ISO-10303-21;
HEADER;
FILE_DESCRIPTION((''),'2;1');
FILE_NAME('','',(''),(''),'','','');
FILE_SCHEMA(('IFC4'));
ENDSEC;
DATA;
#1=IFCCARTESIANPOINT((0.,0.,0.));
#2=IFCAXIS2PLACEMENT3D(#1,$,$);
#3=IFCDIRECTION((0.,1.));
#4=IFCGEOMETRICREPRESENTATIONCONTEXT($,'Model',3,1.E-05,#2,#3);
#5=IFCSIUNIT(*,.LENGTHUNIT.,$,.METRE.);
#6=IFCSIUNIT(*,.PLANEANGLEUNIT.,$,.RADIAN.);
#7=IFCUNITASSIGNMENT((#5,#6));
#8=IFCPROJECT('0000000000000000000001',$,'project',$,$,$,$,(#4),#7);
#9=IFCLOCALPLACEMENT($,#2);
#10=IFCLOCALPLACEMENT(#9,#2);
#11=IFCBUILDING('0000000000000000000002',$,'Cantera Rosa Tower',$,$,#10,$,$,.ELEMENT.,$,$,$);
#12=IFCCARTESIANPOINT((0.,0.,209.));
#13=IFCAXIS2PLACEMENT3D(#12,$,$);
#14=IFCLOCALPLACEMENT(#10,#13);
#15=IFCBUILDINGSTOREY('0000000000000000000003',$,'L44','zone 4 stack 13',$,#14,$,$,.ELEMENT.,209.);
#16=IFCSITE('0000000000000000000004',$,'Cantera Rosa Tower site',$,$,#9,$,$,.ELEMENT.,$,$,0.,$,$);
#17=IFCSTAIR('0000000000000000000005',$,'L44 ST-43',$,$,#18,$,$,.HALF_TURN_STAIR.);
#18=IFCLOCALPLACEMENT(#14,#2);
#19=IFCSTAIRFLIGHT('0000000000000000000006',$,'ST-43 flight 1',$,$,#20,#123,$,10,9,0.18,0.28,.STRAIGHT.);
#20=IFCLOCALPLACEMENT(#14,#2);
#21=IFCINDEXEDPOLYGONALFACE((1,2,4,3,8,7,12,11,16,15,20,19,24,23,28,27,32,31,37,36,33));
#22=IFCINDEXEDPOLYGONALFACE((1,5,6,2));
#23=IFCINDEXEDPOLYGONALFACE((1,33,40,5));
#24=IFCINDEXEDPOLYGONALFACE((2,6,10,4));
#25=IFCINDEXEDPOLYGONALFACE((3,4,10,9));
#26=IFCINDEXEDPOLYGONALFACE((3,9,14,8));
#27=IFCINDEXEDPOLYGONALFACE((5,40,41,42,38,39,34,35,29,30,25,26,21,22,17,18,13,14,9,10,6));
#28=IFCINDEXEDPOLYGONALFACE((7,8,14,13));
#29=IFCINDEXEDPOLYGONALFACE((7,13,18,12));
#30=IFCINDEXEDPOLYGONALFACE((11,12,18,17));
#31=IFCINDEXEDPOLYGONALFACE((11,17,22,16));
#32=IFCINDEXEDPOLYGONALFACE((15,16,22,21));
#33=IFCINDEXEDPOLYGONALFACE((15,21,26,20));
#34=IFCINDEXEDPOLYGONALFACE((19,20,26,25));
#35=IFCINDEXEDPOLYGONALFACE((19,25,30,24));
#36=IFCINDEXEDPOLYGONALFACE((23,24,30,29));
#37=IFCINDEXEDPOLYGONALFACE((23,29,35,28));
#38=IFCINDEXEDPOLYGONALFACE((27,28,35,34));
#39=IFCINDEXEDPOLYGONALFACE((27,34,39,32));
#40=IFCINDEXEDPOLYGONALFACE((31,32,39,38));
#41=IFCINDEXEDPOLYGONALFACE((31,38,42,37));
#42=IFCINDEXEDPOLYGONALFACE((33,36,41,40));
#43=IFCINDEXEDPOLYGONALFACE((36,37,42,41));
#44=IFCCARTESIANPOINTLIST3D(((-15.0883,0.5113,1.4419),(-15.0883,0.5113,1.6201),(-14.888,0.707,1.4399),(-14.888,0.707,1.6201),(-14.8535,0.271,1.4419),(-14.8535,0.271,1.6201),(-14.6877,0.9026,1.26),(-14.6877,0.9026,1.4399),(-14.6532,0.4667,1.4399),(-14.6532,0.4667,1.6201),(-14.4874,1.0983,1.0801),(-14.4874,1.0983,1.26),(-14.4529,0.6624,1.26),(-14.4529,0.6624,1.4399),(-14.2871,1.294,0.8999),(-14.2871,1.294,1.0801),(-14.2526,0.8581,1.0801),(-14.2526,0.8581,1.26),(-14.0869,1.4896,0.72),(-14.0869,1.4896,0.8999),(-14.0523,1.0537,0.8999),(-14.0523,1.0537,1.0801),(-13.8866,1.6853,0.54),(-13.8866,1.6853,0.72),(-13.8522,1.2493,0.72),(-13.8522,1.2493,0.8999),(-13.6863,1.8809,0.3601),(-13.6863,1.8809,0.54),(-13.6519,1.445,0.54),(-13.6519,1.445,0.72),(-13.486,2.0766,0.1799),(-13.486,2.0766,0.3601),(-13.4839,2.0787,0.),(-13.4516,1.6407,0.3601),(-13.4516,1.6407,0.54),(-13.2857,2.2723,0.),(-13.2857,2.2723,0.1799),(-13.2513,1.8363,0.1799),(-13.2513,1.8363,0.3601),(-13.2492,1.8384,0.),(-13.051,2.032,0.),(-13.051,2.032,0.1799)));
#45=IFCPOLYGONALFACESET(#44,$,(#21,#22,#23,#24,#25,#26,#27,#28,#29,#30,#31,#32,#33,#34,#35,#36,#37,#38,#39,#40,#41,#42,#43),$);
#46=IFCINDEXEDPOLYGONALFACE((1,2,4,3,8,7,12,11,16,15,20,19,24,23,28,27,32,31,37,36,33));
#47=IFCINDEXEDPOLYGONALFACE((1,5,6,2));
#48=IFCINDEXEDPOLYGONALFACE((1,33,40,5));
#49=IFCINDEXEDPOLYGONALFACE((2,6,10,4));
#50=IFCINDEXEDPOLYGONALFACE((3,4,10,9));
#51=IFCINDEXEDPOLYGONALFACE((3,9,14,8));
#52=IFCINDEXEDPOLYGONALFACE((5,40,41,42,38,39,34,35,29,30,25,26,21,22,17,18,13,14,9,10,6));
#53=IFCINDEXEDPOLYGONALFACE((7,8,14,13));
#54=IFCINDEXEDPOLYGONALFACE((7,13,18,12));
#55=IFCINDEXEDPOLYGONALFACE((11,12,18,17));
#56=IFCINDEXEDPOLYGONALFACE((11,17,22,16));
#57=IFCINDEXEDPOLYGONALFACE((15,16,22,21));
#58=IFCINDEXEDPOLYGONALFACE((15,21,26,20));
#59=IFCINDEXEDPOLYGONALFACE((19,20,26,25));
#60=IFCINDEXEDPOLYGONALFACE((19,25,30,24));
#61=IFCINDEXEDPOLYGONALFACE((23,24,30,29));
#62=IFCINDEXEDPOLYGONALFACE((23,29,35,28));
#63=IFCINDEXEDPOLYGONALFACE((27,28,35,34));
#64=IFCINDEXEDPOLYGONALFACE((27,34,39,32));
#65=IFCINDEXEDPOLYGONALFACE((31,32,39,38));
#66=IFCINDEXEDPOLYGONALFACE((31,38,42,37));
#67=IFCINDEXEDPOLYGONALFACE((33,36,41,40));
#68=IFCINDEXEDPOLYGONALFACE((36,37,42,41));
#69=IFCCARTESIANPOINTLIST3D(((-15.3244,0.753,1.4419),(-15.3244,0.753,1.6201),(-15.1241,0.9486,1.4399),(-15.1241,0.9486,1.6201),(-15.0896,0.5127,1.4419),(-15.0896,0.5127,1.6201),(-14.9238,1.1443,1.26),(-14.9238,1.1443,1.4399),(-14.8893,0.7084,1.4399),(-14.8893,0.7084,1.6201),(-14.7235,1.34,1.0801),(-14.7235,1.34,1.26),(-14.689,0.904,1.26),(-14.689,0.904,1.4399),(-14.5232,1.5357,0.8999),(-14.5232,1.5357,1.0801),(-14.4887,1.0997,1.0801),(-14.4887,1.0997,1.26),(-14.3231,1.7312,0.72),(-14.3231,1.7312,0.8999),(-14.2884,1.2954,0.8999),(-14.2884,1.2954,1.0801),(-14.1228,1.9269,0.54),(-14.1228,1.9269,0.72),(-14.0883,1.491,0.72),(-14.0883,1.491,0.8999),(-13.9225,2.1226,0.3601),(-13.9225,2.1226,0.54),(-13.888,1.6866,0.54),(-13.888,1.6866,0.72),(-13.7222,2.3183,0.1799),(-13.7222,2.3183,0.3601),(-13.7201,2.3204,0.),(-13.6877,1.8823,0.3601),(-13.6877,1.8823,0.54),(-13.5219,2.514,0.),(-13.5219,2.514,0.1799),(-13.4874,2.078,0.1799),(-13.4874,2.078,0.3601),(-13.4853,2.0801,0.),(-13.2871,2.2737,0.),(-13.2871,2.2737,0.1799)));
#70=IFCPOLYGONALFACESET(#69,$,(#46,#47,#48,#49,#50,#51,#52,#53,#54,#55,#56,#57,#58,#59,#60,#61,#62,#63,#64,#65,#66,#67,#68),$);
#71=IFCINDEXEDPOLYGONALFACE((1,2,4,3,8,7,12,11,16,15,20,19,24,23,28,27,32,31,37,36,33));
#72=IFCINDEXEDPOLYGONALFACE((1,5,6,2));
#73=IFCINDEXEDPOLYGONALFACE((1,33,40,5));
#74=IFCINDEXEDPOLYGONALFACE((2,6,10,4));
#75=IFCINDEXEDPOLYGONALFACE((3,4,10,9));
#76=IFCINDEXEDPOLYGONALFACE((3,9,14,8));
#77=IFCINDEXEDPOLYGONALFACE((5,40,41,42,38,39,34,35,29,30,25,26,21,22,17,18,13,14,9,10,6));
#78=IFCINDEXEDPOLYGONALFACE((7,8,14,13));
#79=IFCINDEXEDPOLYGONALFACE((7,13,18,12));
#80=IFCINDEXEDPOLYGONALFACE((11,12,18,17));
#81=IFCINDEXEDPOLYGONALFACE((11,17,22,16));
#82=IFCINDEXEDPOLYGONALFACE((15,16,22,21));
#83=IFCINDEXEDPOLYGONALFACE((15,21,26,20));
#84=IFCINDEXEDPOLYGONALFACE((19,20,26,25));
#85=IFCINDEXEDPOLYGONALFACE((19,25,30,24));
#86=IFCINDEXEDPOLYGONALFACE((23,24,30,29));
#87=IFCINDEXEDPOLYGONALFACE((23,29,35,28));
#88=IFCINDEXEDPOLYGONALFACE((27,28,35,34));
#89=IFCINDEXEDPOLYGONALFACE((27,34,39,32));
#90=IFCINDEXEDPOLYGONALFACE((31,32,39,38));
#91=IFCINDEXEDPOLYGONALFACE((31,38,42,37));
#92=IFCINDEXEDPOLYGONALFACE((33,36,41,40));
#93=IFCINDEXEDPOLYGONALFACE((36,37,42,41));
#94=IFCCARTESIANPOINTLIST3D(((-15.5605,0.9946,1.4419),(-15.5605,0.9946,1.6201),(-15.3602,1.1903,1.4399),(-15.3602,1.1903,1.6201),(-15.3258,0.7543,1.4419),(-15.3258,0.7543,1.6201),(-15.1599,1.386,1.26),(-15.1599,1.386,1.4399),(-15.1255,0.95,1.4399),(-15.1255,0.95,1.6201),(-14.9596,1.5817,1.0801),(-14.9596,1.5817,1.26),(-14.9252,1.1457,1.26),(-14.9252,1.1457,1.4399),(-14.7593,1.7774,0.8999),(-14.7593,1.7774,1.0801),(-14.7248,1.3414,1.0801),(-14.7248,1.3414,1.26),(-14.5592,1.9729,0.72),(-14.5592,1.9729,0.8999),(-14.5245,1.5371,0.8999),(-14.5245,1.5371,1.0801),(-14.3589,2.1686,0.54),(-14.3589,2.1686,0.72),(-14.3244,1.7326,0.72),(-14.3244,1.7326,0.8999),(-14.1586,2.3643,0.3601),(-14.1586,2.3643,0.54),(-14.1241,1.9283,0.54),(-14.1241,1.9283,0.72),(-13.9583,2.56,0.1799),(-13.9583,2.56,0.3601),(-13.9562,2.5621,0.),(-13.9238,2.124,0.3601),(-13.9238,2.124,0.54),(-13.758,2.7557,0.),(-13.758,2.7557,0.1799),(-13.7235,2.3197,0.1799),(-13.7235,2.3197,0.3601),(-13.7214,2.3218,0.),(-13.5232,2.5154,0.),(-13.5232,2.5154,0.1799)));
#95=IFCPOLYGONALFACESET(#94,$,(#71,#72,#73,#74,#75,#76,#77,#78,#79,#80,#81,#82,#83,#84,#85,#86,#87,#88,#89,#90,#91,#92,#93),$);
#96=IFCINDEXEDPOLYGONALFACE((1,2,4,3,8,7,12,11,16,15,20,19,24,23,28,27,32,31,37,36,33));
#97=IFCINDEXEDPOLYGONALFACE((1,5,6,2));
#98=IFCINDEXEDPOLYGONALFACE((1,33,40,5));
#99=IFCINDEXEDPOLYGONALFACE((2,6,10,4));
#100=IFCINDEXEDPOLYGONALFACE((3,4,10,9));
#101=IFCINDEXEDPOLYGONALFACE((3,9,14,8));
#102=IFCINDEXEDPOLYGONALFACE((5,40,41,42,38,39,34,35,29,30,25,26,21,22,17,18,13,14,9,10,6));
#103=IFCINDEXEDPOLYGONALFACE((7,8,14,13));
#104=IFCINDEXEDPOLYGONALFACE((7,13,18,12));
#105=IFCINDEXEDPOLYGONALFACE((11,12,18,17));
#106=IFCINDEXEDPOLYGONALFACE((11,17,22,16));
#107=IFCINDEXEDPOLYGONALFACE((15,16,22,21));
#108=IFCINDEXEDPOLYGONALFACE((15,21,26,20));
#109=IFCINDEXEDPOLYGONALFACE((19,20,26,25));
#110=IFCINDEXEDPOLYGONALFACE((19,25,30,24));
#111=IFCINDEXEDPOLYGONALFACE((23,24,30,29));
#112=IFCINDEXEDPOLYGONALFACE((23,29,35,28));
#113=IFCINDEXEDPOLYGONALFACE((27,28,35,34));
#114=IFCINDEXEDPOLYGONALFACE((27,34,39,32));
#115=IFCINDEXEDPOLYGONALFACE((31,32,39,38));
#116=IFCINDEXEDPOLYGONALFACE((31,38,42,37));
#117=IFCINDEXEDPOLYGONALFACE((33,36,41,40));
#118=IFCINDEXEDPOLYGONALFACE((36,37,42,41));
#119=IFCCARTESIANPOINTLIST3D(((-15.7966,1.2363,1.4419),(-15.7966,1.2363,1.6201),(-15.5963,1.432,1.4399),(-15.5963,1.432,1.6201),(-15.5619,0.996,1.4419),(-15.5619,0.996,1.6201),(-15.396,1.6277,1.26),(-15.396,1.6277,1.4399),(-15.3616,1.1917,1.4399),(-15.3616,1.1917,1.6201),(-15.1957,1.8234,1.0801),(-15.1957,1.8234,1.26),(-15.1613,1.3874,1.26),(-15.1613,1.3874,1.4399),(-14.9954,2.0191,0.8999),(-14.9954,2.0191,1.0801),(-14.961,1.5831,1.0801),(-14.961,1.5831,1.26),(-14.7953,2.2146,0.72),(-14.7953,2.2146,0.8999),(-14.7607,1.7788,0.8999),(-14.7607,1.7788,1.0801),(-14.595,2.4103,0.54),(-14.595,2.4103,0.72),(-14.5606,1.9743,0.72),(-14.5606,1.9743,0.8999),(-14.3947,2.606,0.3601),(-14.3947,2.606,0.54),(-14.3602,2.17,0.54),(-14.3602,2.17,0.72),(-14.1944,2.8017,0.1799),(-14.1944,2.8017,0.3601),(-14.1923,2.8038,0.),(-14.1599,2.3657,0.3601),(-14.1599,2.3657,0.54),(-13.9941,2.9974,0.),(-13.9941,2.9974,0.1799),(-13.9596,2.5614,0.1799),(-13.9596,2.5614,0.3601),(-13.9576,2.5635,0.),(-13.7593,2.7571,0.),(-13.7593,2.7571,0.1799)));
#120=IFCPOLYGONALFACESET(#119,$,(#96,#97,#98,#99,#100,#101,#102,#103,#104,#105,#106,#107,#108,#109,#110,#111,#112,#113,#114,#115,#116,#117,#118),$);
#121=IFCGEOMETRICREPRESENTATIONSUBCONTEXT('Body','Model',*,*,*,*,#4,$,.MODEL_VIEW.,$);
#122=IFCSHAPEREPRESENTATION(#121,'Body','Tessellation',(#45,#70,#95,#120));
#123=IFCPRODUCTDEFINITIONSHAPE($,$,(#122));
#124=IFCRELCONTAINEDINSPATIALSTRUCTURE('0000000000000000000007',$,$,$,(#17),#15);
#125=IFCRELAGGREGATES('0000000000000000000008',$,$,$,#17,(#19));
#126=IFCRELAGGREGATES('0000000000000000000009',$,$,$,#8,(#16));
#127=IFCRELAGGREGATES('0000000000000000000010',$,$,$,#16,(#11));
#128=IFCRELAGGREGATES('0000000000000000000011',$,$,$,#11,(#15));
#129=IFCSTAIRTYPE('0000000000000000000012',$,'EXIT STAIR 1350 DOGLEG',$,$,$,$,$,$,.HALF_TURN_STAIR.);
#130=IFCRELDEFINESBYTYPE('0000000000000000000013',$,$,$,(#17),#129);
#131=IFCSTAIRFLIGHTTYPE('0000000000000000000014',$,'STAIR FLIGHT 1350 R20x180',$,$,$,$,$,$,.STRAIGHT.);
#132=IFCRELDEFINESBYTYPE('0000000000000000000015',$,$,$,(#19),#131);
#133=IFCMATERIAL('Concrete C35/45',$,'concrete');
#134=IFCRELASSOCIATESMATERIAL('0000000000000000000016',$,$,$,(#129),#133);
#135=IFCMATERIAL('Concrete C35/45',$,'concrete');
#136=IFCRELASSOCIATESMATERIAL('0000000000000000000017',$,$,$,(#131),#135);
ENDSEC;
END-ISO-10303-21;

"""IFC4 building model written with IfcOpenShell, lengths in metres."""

from ifc_helpers import new_model, si_unit, direction, frame, origin, place, context, subcontext, project, spatial, polyline, outline, extrude, material, type_object, element, aggregate, save


model = new_model("IFC4")

# Units and contexts
model_context = context("Model", 3, precision=1e-05, world=origin(), true_north=direction((0.0, 1.0)))
body_context = subcontext(model_context, "Body", "Model", "MODEL_VIEW")
ifc_project = project(units=[si_unit("LENGTHUNIT", "METRE"), si_unit("PLANEANGLEUNIT", "RADIAN")], contexts=[model_context])

# Site, building, storey
site_placement = place(None, origin())
site = spatial("IfcSite", under=ifc_project, at=site_placement, Name="Cantera Rosa Tower site", CompositionType="ELEMENT", RefElevation=0.0)
building_placement = place(site_placement, origin())
building = spatial("IfcBuilding", under=site, at=building_placement, Name="Cantera Rosa Tower", CompositionType="ELEMENT")
storey_placement = place(building_placement, frame((0.0, 0.0, 209.0)))
storey = spatial("IfcBuildingStorey", under=building, at=storey_placement, Name="L44", Description="zone 4 stack 13", CompositionType="ELEMENT", Elevation=209.0)

# Stair, stair flight
ifc_material_1 = material(Name="Concrete C35/45", Category="concrete")
stair_type = type_object("IfcStairType", Name="EXIT STAIR 1350 DOGLEG", PredefinedType="HALF_TURN_STAIR", material=ifc_material_1)
stair_placement = place(storey_placement, origin())
stair = element("IfcStair", 1, at=stair_placement, inside=storey, type_object=stair_type, Name="L44 ST-43", PredefinedType="HALF_TURN_STAIR")
ifc_material_2 = material(Name="Concrete C35/45", Category="concrete")
stair_flight_type = type_object("IfcStairFlightType", Name="STAIR FLIGHT 1350 R20x180", PredefinedType="STRAIGHT", material=ifc_material_2)
stair_flight_placement = place(storey_placement, frame((-13.5227, 2.5149, 0.0), z_axis=(0.0, 0.0, 1.0), x_axis=(-0.715286, -0.698832, 0.0)))
stair_flight = element("IfcStairFlight", 2, at=stair_flight_placement, type_object=stair_flight_type, Name="ST-43 flight 1", NumberOfRisers=10, NumberOfTreads=9, PredefinedType="STRAIGHT", RiserHeight=0.18, TreadLength=0.28, context=body_context, shape_type="SweptSolid", body=[
    extrude(outline(polyline([(0.0, 0.0), (0.0, 0.1799), (0.28, 0.1799), (0.28, 0.3601), (0.5601, 0.3601), (0.5601, 0.54), (0.8401, 0.54), (0.8401, 0.72), (1.1201, 0.72), (1.1201, 0.8999), (1.3999, 0.8999), (1.3999, 1.0801), (1.6799, 1.0801), (1.6799, 1.26), (1.96, 1.26), (1.96, 1.4399), (2.24, 1.4399), (2.24, 1.6201), (2.52, 1.6201), (2.52, 1.8), (2.52, 1.4419), (0.2771, 0.0), (0.0, 0.0)])), frame((0.0, 0.675, 0.0), z_axis=(0.0, -1.0, 0.0), x_axis=(1.0, 0.0, 0.0)), (0.0, 0.0, 1.0), 0.3359),
    extrude(outline(polyline([(0.0, 0.0), (0.0, 0.1799), (0.28, 0.1799), (0.28, 0.3601), (0.5601, 0.3601), (0.5601, 0.54), (0.8401, 0.54), (0.8401, 0.72), (1.1201, 0.72), (1.1201, 0.8999), (1.3999, 0.8999), (1.3999, 1.0801), (1.6799, 1.0801), (1.6799, 1.26), (1.96, 1.26), (1.96, 1.4399), (2.24, 1.4399), (2.24, 1.6201), (2.52, 1.6201), (2.52, 1.8), (2.52, 1.4419), (0.2771, 0.0), (0.0, 0.0)])), frame((0.0, 0.3372, 0.0), z_axis=(0.0, -1.0, 0.0), x_axis=(1.0, 0.0, 0.0)), (0.0, 0.0, 1.0), 0.3359),
    extrude(outline(polyline([(0.0, 0.0), (0.0, 0.1799), (0.28, 0.1799), (0.28, 0.3601), (0.5601, 0.3601), (0.5601, 0.54), (0.8401, 0.54), (0.8401, 0.72), (1.1201, 0.72), (1.1201, 0.8999), (1.3999, 0.8999), (1.3999, 1.0801), (1.6799, 1.0801), (1.6799, 1.26), (1.96, 1.26), (1.96, 1.4399), (2.24, 1.4399), (2.24, 1.6201), (2.52, 1.6201), (2.52, 1.8), (2.52, 1.4419), (0.2771, 0.0), (0.0, 0.0)])), frame((0.0, -0.0007, 0.0), z_axis=(0.0, -1.0, 0.0), x_axis=(1.0, 0.0, 0.0)), (0.0, 0.0, 1.0), 0.3359),
    extrude(outline(polyline([(0.0, 0.0), (0.0, 0.1799), (0.28, 0.1799), (0.28, 0.3601), (0.5601, 0.3601), (0.5601, 0.54), (0.8401, 0.54), (0.8401, 0.72), (1.1201, 0.72), (1.1201, 0.8999), (1.3999, 0.8999), (1.3999, 1.0801), (1.6799, 1.0801), (1.6799, 1.26), (1.96, 1.26), (1.96, 1.4399), (2.24, 1.4399), (2.24, 1.6201), (2.52, 1.6201), (2.52, 1.8), (2.52, 1.4419), (0.2771, 0.0), (0.0, 0.0)])), frame((0.0, -0.3386, 0.0), z_axis=(0.0, -1.0, 0.0), x_axis=(1.0, 0.0, 0.0)), (0.0, 0.0, 1.0), 0.3359),
])
aggregate(stair, [stair_flight])

save(model, "model.ifc")
